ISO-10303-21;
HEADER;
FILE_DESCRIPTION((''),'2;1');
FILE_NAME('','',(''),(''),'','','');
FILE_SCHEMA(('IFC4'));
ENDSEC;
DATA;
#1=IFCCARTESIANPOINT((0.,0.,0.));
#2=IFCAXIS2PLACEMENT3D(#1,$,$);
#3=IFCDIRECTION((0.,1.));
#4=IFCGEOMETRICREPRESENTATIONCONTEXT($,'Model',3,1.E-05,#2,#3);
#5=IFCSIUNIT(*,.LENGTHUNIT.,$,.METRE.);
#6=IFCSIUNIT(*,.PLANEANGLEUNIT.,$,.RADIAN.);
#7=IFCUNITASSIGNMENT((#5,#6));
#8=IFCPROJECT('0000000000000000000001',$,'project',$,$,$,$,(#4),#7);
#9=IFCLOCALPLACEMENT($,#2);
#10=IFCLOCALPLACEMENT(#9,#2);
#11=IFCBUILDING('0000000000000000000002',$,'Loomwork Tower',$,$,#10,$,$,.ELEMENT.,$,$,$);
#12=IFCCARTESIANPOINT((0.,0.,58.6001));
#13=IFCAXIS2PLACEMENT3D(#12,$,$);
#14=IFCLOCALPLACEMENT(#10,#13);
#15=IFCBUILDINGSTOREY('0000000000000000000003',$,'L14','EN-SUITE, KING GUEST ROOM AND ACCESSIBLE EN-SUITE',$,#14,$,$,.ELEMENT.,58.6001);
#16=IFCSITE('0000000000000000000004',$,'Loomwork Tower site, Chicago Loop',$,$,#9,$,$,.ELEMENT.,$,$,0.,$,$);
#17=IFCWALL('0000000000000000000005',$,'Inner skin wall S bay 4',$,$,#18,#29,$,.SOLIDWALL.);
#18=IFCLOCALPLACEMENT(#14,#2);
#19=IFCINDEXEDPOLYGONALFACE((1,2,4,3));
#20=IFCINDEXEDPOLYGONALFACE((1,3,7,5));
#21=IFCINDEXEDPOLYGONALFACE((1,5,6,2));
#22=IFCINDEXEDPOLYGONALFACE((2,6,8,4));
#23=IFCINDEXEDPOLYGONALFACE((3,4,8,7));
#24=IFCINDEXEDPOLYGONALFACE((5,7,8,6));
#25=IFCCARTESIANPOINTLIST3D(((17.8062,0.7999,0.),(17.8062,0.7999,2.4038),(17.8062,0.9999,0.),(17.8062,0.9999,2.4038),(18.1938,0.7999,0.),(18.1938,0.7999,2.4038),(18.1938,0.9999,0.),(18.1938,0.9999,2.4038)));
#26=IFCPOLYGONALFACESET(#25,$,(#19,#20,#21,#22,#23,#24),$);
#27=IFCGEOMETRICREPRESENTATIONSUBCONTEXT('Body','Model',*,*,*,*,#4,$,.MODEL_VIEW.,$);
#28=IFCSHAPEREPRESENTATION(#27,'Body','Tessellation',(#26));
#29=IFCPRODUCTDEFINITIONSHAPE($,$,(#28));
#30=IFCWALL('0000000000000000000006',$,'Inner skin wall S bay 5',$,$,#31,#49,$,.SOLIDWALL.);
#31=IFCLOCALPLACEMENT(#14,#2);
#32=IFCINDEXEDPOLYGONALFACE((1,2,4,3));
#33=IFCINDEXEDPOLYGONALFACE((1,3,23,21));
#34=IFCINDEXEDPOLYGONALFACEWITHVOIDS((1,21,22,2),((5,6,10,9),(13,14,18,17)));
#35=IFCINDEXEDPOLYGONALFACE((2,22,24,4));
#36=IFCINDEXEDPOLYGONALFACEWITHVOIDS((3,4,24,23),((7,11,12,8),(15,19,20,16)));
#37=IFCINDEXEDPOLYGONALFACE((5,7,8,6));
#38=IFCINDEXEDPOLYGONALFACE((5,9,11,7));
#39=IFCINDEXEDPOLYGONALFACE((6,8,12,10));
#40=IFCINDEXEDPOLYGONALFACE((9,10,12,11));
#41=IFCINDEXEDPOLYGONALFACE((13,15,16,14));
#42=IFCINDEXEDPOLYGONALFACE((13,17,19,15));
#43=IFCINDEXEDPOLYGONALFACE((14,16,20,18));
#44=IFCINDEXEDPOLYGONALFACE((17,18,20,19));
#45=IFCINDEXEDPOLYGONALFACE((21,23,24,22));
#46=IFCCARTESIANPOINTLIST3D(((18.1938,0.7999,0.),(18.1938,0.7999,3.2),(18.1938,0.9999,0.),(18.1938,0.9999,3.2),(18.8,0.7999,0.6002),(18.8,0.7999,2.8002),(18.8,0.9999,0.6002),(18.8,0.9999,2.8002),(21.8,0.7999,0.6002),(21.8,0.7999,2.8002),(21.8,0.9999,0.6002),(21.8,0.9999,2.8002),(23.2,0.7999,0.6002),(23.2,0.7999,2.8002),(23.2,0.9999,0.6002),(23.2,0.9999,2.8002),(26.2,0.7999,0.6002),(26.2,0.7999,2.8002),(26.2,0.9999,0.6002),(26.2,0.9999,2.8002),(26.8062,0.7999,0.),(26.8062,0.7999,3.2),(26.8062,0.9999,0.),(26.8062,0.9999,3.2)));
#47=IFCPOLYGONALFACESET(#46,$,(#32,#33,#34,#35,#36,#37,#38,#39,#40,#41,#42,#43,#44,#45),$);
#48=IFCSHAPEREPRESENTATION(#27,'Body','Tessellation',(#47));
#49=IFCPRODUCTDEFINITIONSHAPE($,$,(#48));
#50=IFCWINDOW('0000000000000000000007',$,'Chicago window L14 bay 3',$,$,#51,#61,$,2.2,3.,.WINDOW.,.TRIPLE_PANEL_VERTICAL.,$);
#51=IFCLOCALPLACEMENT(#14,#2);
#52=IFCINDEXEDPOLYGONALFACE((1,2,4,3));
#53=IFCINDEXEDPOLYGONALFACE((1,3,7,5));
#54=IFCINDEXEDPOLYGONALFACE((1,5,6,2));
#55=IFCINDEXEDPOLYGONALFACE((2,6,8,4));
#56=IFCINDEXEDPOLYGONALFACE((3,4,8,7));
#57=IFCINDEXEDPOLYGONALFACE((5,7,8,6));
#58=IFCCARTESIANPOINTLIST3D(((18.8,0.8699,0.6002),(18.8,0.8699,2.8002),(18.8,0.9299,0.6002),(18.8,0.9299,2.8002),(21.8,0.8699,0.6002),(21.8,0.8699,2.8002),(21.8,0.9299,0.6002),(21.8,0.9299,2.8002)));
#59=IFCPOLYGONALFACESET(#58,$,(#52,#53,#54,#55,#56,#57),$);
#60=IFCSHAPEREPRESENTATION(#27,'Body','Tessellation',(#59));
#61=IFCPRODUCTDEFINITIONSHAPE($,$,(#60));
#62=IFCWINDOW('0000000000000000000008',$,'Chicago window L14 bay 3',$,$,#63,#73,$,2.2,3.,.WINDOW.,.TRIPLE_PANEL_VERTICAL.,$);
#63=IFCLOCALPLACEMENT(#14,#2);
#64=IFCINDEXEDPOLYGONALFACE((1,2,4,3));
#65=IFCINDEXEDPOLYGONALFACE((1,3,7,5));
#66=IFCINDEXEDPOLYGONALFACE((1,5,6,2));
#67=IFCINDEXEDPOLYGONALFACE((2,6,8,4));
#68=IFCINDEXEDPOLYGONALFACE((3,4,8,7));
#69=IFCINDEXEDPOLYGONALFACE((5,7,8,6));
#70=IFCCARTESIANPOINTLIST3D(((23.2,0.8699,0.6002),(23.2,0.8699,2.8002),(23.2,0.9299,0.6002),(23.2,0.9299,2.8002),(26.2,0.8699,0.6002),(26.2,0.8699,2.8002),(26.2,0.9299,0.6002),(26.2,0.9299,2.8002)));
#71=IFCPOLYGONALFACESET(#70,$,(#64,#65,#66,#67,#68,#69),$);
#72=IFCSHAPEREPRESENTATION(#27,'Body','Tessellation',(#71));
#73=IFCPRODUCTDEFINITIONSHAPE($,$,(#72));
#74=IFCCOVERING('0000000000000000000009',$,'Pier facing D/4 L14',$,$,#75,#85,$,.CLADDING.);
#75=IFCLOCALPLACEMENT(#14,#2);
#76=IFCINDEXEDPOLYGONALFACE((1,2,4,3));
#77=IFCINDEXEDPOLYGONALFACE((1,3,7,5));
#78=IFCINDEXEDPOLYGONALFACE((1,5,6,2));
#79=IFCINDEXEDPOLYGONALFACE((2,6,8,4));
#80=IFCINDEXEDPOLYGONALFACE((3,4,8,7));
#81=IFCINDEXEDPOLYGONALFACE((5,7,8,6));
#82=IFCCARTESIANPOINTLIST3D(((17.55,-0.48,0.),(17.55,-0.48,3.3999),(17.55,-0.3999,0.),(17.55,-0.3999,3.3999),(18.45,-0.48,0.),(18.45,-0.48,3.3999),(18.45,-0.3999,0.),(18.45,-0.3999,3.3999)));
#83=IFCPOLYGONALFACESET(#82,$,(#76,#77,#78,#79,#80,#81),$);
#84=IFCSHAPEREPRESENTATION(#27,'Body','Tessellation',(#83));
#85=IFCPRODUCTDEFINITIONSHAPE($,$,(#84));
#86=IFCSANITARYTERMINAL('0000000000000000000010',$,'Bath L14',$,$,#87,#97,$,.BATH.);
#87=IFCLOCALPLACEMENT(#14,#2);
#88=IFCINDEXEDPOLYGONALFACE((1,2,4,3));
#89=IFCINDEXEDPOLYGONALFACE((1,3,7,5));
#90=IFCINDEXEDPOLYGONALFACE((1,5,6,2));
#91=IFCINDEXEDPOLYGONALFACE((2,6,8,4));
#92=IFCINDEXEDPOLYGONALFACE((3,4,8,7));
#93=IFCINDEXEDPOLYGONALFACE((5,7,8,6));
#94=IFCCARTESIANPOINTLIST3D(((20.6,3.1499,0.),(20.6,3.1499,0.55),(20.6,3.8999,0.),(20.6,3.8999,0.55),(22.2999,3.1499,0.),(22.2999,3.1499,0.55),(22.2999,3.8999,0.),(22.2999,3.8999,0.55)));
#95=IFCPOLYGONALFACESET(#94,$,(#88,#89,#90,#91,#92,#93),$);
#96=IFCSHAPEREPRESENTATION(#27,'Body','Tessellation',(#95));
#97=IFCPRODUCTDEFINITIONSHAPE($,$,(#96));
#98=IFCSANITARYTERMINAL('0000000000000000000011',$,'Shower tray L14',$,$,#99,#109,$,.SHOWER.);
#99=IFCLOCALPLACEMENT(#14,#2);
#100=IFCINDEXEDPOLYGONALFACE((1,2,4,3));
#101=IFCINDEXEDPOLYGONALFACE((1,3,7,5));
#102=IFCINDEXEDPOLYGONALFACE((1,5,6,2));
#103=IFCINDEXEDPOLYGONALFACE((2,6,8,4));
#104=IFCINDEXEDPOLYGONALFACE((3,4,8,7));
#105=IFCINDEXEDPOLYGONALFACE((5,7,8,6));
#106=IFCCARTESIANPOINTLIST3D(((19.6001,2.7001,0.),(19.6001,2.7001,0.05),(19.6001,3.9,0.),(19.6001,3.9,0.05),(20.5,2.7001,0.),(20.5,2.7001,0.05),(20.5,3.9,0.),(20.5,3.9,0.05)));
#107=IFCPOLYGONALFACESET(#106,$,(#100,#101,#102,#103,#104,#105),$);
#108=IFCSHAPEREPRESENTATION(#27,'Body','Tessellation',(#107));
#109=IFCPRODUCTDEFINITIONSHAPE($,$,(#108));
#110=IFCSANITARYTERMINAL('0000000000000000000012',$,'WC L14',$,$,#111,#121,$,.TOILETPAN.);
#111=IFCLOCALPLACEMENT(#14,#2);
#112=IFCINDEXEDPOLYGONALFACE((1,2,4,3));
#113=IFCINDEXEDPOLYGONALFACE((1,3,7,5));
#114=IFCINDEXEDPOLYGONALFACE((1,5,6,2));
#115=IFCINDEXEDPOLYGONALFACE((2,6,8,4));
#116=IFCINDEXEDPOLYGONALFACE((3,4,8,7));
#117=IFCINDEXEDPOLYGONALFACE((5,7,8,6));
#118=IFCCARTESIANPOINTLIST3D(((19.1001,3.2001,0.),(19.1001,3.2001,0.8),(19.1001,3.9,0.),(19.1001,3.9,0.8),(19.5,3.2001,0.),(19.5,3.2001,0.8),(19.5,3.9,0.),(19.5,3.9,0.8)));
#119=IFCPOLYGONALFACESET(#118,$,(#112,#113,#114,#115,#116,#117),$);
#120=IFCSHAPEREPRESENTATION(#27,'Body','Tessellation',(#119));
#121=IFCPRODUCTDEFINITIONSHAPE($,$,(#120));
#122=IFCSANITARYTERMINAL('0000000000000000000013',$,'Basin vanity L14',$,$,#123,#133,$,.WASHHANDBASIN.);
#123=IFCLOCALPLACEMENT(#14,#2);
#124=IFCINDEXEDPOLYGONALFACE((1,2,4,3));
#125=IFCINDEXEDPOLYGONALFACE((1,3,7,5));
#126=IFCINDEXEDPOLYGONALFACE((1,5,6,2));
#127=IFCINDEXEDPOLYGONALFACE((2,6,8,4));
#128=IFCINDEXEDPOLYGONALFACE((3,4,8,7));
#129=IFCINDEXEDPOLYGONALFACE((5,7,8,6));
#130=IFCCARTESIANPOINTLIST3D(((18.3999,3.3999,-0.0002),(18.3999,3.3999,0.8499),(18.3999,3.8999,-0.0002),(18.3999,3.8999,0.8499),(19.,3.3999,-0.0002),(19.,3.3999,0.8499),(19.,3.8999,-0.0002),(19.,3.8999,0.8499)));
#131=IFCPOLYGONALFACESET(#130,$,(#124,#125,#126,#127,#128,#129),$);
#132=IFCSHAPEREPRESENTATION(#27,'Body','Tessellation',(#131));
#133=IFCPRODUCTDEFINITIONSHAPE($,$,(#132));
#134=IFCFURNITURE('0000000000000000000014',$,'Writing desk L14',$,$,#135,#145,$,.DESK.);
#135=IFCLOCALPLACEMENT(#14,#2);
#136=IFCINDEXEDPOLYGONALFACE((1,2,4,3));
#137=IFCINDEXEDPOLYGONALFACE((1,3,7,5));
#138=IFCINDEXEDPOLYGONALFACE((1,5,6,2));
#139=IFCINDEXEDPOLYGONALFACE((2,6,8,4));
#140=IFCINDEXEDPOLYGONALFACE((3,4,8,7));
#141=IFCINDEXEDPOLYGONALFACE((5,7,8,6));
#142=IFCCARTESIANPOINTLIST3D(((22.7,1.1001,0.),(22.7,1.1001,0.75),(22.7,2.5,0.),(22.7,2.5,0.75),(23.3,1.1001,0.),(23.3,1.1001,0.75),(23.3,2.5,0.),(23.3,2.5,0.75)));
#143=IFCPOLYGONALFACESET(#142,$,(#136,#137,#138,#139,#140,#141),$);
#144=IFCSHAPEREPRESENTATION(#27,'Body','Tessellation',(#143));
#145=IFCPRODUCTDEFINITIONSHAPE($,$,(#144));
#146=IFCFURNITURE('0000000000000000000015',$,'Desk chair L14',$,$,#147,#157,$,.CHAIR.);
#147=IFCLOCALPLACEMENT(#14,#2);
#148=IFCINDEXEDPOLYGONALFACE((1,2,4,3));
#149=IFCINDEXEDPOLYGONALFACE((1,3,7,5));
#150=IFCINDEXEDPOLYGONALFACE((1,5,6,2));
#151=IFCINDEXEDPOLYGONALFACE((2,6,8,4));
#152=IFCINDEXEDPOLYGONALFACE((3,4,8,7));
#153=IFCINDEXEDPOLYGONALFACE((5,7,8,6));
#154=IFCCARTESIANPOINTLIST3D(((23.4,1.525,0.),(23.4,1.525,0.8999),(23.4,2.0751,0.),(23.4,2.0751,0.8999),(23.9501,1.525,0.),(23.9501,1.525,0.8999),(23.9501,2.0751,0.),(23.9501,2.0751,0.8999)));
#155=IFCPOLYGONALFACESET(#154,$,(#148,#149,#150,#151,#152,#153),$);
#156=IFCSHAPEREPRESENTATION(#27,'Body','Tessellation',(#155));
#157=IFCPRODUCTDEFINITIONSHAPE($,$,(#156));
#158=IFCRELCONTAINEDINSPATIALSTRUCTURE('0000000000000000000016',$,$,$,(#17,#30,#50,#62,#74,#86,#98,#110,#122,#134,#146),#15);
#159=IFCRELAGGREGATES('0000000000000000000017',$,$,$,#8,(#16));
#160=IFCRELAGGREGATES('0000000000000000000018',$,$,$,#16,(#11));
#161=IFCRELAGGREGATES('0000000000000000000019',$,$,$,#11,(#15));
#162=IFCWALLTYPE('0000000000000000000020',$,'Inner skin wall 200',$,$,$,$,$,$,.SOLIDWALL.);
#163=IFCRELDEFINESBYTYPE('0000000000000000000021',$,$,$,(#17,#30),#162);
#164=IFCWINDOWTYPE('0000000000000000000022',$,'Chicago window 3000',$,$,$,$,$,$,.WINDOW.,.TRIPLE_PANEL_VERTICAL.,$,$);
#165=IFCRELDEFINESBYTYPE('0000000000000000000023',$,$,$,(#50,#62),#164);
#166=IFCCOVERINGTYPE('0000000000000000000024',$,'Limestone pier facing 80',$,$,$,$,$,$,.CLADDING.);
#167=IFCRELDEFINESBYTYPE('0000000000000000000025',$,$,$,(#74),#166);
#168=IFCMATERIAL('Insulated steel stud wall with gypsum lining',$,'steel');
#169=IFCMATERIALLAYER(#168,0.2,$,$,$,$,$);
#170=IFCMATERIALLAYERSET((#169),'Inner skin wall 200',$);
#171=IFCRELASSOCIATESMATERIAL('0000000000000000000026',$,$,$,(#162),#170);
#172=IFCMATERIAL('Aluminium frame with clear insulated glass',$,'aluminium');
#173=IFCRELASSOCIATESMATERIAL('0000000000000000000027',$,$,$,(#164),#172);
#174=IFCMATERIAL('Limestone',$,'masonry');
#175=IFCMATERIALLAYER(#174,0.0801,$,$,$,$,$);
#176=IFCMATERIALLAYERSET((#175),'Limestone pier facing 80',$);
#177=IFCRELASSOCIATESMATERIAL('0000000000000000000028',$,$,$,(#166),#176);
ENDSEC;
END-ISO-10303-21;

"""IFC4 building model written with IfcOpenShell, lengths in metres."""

from ifc_helpers import new_model, si_unit, direction, frame, frame_2d, origin, origin_2d, place, context, subcontext, project, spatial, rectangle, extrude, material, layer, layer_set, type_object, element, fill, save


model = new_model("IFC4")

# Units and contexts
model_context = context("Model", 3, precision=1e-05, world=origin(), true_north=direction((0.0, 1.0)))
body_context = subcontext(model_context, "Body", "Model", "MODEL_VIEW")
ifc_project = project(units=[si_unit("LENGTHUNIT", "METRE"), si_unit("PLANEANGLEUNIT", "RADIAN")], contexts=[model_context])

# Site, building, storey
site_placement = place(None, origin())
site = spatial("IfcSite", under=ifc_project, at=site_placement, Name="Loomwork Tower site, Chicago Loop", CompositionType="ELEMENT", RefElevation=0.0)
building_placement = place(site_placement, origin())
building = spatial("IfcBuilding", under=site, at=building_placement, Name="Loomwork Tower", CompositionType="ELEMENT")
storey_placement = place(building_placement, frame((0.0, 0.0, 58.6001)))
storey = spatial("IfcBuildingStorey", under=building, at=storey_placement, Name="L14", Description="EN-SUITE, KING GUEST ROOM AND ACCESSIBLE EN-SUITE", CompositionType="ELEMENT", Elevation=58.6001)

# Wall
ifc_material_1 = material(Name="Insulated steel stud wall with gypsum lining", Category="steel")
ifc_layer_1 = layer(ifc_material_1, 0.2)
ifc_layer_set_1 = layer_set([ifc_layer_1], Name="Inner skin wall 200")
wall_type_1 = type_object("IfcWallType", Name="Inner skin wall 200", PredefinedType="SOLIDWALL", material=ifc_layer_set_1)
wall_1_placement = place(storey_placement, frame((17.8062, 0.8999, 0.0), z_axis=(0.0, 0.0, 1.0), x_axis=(1.0, 0.0, 0.0)))
element("IfcWall", 1, at=wall_1_placement, inside=storey, type_object=wall_type_1, Name="Inner skin wall S bay 4", PredefinedType="SOLIDWALL", context=body_context, shape_type="SweptSolid", body=[
    extrude(rectangle(XDim=0.3877, YDim=0.2, at=frame_2d((0.1938, 0.0))), origin(), (0.0, 0.0, 1.0), 2.4038),
])

# Wall, openings, windows
wall_2_placement = place(storey_placement, frame((18.1938, 0.8999, 0.0), z_axis=(0.0, 0.0, 1.0), x_axis=(1.0, 0.0, 0.0)))
wall_2 = element("IfcWall", 2, at=wall_2_placement, inside=storey, type_object=wall_type_1, Name="Inner skin wall S bay 5", PredefinedType="SOLIDWALL", context=body_context, shape_type="SweptSolid", body=[
    extrude(rectangle(XDim=8.6123, YDim=0.2, at=frame_2d((4.3062, 0.0))), origin(), (0.0, 0.0, 1.0), 3.2),
])
opening_1_placement = place(wall_2_placement, frame((0.6062, 0.0, 0.6001)))
opening_1 = element("IfcOpeningElement", 3, at=opening_1_placement, cuts=wall_2, PredefinedType="OPENING", context=body_context, shape_type="SweptSolid", body=[
    extrude(rectangle(XDim=3.0, YDim=2.2, at=frame_2d((1.5, 1.1001))), frame((0.0, 0.1099, 0.0), z_axis=(0.0, -1.0, 0.0), x_axis=(1.0, 0.0, 0.0)), (0.0, 0.0, 1.0), 0.22),
])
opening_2_placement = place(wall_2_placement, frame((5.0061, 0.0, 0.6001)))
opening_2 = element("IfcOpeningElement", 4, at=opening_2_placement, cuts=wall_2, PredefinedType="OPENING", context=body_context, shape_type="SweptSolid", body=[
    extrude(rectangle(XDim=3.0, YDim=2.2, at=frame_2d((1.5, 1.1001))), frame((0.0, 0.1099, 0.0), z_axis=(0.0, -1.0, 0.0), x_axis=(1.0, 0.0, 0.0)), (0.0, 0.0, 1.0), 0.22),
])
ifc_material_2 = material(Name="Aluminium frame with clear insulated glass", Category="aluminium")
window_type = type_object("IfcWindowType", Name="Chicago window 3000", PartitioningType="TRIPLE_PANEL_VERTICAL", PredefinedType="WINDOW", material=ifc_material_2)
window_1_placement = place(opening_1_placement, origin())
window_1 = element("IfcWindow", 5, at=window_1_placement, inside=storey, type_object=window_type, Name="Chicago window L14 bay 3", OverallHeight=2.2, OverallWidth=3.0, PartitioningType="TRIPLE_PANEL_VERTICAL", PredefinedType="WINDOW", context=body_context, shape_type="SweptSolid", body=[
    extrude(rectangle(XDim=3.0, YDim=2.2, at=frame_2d((1.5, 1.1001))), frame((0.0, 0.03, 0.0), z_axis=(0.0, -1.0, 0.0), x_axis=(1.0, 0.0, 0.0)), (0.0, 0.0, 1.0), 0.0601),
])
fill(opening_1, window_1)
window_2_placement = place(opening_2_placement, origin())
window_2 = element("IfcWindow", 6, at=window_2_placement, inside=storey, type_object=window_type, Name="Chicago window L14 bay 3", OverallHeight=2.2, OverallWidth=3.0, PartitioningType="TRIPLE_PANEL_VERTICAL", PredefinedType="WINDOW", context=body_context, shape_type="SweptSolid", body=[
    extrude(rectangle(XDim=3.0, YDim=2.2, at=frame_2d((1.5, 1.1001))), frame((0.0, 0.03, 0.0), z_axis=(0.0, -1.0, 0.0), x_axis=(1.0, 0.0, 0.0)), (0.0, 0.0, 1.0), 0.0601),
])
fill(opening_2, window_2)

# Covering
ifc_material_3 = material(Name="Limestone", Category="masonry")
ifc_layer_2 = layer(ifc_material_3, 0.0801)
ifc_layer_set_2 = layer_set([ifc_layer_2], Name="Limestone pier facing 80")
covering_type = type_object("IfcCoveringType", Name="Limestone pier facing 80", PredefinedType="CLADDING", material=ifc_layer_set_2)
covering_placement = place(storey_placement, frame((18.0, -0.4399, 0.0), z_axis=(0.0, 0.0, 1.0), x_axis=(1.0, 0.0, 0.0)))
element("IfcCovering", 7, at=covering_placement, inside=storey, type_object=covering_type, Name="Pier facing D/4 L14", PredefinedType="CLADDING", context=body_context, shape_type="SweptSolid", body=[
    extrude(rectangle(XDim=0.8999, YDim=0.0801, at=origin_2d()), origin(), (0.0, 0.0, 1.0), 3.3999),
])

# Sanitary terminals
sanitary_terminal_1_placement = place(storey_placement, frame((21.45, 3.5249, 0.0), z_axis=(0.0, 0.0, 1.0), x_axis=(1.0, 0.0, 0.0)))
element("IfcSanitaryTerminal", 8, at=sanitary_terminal_1_placement, inside=storey, Name="Bath L14", PredefinedType="BATH", context=body_context, shape_type="SweptSolid", body=[
    extrude(rectangle(XDim=1.7, YDim=0.75, at=origin_2d()), origin(), (0.0, 0.0, 1.0), 0.55),
])
sanitary_terminal_2_placement = place(storey_placement, frame((20.05, 3.3, 0.0), z_axis=(0.0, 0.0, 1.0), x_axis=(1.0, 0.0, 0.0)))
element("IfcSanitaryTerminal", 9, at=sanitary_terminal_2_placement, inside=storey, Name="Shower tray L14", PredefinedType="SHOWER", context=body_context, shape_type="SweptSolid", body=[
    extrude(rectangle(XDim=0.8999, YDim=1.2, at=origin_2d()), origin(), (0.0, 0.0, 1.0), 0.05),
])
sanitary_terminal_3_placement = place(storey_placement, frame((19.3, 3.55, 0.0), z_axis=(0.0, 0.0, 1.0), x_axis=(1.0, 0.0, 0.0)))
element("IfcSanitaryTerminal", 10, at=sanitary_terminal_3_placement, inside=storey, Name="WC L14", PredefinedType="TOILETPAN", context=body_context, shape_type="SweptSolid", body=[
    extrude(rectangle(XDim=0.3999, YDim=0.7, at=origin_2d()), origin(), (0.0, 0.0, 1.0), 0.8),
])
sanitary_terminal_4_placement = place(storey_placement, frame((18.7, 3.6499, -0.0002), z_axis=(0.0, 0.0, 1.0), x_axis=(1.0, 0.0, 0.0)))
element("IfcSanitaryTerminal", 11, at=sanitary_terminal_4_placement, inside=storey, Name="Basin vanity L14", PredefinedType="WASHHANDBASIN", context=body_context, shape_type="SweptSolid", body=[
    extrude(rectangle(XDim=0.6001, YDim=0.5, at=origin_2d()), origin(), (0.0, 0.0, 1.0), 0.8501),
])

# Furniture
furniture_1_placement = place(storey_placement, frame((23.0, 1.8, 0.0), z_axis=(0.0, 0.0, 1.0), x_axis=(1.0, 0.0, 0.0)))
element("IfcFurniture", 12, at=furniture_1_placement, inside=storey, Name="Writing desk L14", PredefinedType="DESK", context=body_context, shape_type="SweptSolid", body=[
    extrude(rectangle(XDim=0.6001, YDim=1.3999, at=origin_2d()), origin(), (0.0, 0.0, 1.0), 0.75),
])
furniture_2_placement = place(storey_placement, frame((23.675, 1.8, 0.0), z_axis=(0.0, 0.0, 1.0), x_axis=(1.0, 0.0, 0.0)))
element("IfcFurniture", 13, at=furniture_2_placement, inside=storey, Name="Desk chair L14", PredefinedType="CHAIR", context=body_context, shape_type="SweptSolid", body=[
    extrude(rectangle(XDim=0.55, YDim=0.55, at=origin_2d()), origin(), (0.0, 0.0, 1.0), 0.8999),
])

save(model, "model.ifc")
